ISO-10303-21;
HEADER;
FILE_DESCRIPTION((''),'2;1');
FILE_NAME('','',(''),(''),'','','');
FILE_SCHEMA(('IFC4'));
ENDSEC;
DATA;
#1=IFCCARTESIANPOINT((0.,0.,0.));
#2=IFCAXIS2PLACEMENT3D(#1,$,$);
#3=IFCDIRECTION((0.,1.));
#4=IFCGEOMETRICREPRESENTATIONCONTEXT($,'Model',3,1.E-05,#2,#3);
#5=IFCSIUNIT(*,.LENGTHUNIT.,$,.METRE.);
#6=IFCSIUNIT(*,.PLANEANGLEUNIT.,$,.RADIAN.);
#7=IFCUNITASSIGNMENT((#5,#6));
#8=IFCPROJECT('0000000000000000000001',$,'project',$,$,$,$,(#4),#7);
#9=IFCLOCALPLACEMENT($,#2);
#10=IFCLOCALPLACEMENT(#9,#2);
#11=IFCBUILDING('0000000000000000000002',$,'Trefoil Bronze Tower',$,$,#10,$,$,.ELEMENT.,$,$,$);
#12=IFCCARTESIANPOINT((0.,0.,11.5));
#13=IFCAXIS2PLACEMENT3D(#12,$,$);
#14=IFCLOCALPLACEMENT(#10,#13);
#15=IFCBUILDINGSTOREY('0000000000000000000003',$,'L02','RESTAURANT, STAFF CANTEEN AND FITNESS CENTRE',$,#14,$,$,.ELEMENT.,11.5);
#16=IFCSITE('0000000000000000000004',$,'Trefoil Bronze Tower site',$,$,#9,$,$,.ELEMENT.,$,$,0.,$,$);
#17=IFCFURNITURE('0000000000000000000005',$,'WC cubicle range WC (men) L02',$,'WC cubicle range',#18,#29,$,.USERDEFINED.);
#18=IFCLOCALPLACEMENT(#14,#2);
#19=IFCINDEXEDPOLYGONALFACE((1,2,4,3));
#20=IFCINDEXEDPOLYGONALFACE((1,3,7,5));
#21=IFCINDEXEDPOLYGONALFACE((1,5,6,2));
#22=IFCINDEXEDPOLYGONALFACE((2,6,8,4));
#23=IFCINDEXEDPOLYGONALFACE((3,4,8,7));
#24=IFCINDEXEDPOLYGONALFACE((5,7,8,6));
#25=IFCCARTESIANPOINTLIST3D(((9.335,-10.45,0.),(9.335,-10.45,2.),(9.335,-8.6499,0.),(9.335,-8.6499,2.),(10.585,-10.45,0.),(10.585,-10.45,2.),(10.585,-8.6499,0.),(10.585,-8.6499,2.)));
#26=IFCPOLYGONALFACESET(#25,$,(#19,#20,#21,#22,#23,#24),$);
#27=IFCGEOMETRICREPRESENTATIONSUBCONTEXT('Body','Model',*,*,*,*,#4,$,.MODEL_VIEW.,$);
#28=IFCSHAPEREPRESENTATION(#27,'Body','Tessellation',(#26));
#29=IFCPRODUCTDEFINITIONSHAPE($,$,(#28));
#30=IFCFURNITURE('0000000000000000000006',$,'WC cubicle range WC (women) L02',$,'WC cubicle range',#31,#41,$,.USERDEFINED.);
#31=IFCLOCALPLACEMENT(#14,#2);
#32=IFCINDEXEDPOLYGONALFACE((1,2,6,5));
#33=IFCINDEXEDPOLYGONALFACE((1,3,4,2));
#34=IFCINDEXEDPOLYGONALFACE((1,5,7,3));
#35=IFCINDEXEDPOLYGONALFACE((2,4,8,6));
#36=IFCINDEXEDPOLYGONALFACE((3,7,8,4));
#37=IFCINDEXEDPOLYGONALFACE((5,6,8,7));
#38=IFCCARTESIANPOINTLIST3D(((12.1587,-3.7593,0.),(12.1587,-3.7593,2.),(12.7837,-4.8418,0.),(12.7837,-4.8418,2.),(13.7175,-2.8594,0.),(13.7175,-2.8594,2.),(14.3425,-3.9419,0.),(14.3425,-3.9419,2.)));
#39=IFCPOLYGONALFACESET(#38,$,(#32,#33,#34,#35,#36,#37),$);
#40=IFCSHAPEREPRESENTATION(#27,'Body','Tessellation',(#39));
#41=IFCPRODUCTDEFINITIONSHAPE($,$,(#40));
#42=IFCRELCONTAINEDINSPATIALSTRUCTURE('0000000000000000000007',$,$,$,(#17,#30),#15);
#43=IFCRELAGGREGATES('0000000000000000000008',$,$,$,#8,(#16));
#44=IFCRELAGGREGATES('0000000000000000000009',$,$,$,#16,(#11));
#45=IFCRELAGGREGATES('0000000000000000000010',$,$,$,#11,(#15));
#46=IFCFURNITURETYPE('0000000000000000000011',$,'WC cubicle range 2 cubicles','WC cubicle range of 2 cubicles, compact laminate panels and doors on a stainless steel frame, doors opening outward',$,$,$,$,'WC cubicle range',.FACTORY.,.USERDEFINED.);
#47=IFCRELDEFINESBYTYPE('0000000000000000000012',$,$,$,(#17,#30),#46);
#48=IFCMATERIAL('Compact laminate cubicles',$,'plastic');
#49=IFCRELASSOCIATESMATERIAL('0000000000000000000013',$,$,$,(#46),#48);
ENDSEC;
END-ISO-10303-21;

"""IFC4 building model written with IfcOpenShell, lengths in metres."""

from ifc_helpers import new_model, si_unit, direction, frame, origin, place, context, subcontext, project, spatial, polyline, outline, extrude, material, type_object, element, save


model = new_model("IFC4")

# Units and contexts
model_context = context("Model", 3, precision=1e-05, world=origin(), true_north=direction((0.0, 1.0)))
body_context = subcontext(model_context, "Body", "Model", "MODEL_VIEW")
ifc_project = project(units=[si_unit("LENGTHUNIT", "METRE"), si_unit("PLANEANGLEUNIT", "RADIAN")], contexts=[model_context])

# Site, building, storey
site_placement = place(None, origin())
site = spatial("IfcSite", under=ifc_project, at=site_placement, Name="Trefoil Bronze Tower site", CompositionType="ELEMENT", RefElevation=0.0)
building_placement = place(site_placement, origin())
building = spatial("IfcBuilding", under=site, at=building_placement, Name="Trefoil Bronze Tower", CompositionType="ELEMENT")
storey_placement = place(building_placement, frame((0.0, 0.0, 11.5)))
storey = spatial("IfcBuildingStorey", under=building, at=storey_placement, Name="L02", Description="RESTAURANT, STAFF CANTEEN AND FITNESS CENTRE", CompositionType="ELEMENT", Elevation=11.5)

# Furniture
ifc_material_1 = material(Name="Compact laminate cubicles", Category="plastic")
furniture_type = type_object("IfcFurnitureType", Name="WC cubicle range 2 cubicles", Description="WC cubicle range of 2 cubicles, compact laminate panels and doors on a stainless steel frame, doors opening outward", ElementType="WC cubicle range", AssemblyPlace="FACTORY", PredefinedType="USERDEFINED", material=ifc_material_1)
furniture_1_placement = place(storey_placement, origin())
element("IfcFurniture", 1, at=furniture_1_placement, inside=storey, type_object=furniture_type, Name="WC cubicle range WC (men) L02", ObjectType="WC cubicle range", PredefinedType="USERDEFINED", context=body_context, shape_type="SweptSolid", body=[
    extrude(outline(polyline([(9.335, -8.6499), (10.585, -8.6499), (10.585, -10.45), (9.335, -10.45), (9.335, -8.6499)])), origin(), (0.0, 0.0, 1.0), 2.0),
])
furniture_2_placement = place(storey_placement, origin())
element("IfcFurniture", 2, at=furniture_2_placement, inside=storey, type_object=furniture_type, Name="WC cubicle range WC (women) L02", ObjectType="WC cubicle range", PredefinedType="USERDEFINED", context=body_context, shape_type="SweptSolid", body=[
    extrude(outline(polyline([(12.1587, -3.7593), (12.7837, -4.8418), (14.3425, -3.9419), (13.7175, -2.8594), (12.1587, -3.7593)])), origin(), (0.0, 0.0, 1.0), 2.0),
])

save(model, "model.ifc")
